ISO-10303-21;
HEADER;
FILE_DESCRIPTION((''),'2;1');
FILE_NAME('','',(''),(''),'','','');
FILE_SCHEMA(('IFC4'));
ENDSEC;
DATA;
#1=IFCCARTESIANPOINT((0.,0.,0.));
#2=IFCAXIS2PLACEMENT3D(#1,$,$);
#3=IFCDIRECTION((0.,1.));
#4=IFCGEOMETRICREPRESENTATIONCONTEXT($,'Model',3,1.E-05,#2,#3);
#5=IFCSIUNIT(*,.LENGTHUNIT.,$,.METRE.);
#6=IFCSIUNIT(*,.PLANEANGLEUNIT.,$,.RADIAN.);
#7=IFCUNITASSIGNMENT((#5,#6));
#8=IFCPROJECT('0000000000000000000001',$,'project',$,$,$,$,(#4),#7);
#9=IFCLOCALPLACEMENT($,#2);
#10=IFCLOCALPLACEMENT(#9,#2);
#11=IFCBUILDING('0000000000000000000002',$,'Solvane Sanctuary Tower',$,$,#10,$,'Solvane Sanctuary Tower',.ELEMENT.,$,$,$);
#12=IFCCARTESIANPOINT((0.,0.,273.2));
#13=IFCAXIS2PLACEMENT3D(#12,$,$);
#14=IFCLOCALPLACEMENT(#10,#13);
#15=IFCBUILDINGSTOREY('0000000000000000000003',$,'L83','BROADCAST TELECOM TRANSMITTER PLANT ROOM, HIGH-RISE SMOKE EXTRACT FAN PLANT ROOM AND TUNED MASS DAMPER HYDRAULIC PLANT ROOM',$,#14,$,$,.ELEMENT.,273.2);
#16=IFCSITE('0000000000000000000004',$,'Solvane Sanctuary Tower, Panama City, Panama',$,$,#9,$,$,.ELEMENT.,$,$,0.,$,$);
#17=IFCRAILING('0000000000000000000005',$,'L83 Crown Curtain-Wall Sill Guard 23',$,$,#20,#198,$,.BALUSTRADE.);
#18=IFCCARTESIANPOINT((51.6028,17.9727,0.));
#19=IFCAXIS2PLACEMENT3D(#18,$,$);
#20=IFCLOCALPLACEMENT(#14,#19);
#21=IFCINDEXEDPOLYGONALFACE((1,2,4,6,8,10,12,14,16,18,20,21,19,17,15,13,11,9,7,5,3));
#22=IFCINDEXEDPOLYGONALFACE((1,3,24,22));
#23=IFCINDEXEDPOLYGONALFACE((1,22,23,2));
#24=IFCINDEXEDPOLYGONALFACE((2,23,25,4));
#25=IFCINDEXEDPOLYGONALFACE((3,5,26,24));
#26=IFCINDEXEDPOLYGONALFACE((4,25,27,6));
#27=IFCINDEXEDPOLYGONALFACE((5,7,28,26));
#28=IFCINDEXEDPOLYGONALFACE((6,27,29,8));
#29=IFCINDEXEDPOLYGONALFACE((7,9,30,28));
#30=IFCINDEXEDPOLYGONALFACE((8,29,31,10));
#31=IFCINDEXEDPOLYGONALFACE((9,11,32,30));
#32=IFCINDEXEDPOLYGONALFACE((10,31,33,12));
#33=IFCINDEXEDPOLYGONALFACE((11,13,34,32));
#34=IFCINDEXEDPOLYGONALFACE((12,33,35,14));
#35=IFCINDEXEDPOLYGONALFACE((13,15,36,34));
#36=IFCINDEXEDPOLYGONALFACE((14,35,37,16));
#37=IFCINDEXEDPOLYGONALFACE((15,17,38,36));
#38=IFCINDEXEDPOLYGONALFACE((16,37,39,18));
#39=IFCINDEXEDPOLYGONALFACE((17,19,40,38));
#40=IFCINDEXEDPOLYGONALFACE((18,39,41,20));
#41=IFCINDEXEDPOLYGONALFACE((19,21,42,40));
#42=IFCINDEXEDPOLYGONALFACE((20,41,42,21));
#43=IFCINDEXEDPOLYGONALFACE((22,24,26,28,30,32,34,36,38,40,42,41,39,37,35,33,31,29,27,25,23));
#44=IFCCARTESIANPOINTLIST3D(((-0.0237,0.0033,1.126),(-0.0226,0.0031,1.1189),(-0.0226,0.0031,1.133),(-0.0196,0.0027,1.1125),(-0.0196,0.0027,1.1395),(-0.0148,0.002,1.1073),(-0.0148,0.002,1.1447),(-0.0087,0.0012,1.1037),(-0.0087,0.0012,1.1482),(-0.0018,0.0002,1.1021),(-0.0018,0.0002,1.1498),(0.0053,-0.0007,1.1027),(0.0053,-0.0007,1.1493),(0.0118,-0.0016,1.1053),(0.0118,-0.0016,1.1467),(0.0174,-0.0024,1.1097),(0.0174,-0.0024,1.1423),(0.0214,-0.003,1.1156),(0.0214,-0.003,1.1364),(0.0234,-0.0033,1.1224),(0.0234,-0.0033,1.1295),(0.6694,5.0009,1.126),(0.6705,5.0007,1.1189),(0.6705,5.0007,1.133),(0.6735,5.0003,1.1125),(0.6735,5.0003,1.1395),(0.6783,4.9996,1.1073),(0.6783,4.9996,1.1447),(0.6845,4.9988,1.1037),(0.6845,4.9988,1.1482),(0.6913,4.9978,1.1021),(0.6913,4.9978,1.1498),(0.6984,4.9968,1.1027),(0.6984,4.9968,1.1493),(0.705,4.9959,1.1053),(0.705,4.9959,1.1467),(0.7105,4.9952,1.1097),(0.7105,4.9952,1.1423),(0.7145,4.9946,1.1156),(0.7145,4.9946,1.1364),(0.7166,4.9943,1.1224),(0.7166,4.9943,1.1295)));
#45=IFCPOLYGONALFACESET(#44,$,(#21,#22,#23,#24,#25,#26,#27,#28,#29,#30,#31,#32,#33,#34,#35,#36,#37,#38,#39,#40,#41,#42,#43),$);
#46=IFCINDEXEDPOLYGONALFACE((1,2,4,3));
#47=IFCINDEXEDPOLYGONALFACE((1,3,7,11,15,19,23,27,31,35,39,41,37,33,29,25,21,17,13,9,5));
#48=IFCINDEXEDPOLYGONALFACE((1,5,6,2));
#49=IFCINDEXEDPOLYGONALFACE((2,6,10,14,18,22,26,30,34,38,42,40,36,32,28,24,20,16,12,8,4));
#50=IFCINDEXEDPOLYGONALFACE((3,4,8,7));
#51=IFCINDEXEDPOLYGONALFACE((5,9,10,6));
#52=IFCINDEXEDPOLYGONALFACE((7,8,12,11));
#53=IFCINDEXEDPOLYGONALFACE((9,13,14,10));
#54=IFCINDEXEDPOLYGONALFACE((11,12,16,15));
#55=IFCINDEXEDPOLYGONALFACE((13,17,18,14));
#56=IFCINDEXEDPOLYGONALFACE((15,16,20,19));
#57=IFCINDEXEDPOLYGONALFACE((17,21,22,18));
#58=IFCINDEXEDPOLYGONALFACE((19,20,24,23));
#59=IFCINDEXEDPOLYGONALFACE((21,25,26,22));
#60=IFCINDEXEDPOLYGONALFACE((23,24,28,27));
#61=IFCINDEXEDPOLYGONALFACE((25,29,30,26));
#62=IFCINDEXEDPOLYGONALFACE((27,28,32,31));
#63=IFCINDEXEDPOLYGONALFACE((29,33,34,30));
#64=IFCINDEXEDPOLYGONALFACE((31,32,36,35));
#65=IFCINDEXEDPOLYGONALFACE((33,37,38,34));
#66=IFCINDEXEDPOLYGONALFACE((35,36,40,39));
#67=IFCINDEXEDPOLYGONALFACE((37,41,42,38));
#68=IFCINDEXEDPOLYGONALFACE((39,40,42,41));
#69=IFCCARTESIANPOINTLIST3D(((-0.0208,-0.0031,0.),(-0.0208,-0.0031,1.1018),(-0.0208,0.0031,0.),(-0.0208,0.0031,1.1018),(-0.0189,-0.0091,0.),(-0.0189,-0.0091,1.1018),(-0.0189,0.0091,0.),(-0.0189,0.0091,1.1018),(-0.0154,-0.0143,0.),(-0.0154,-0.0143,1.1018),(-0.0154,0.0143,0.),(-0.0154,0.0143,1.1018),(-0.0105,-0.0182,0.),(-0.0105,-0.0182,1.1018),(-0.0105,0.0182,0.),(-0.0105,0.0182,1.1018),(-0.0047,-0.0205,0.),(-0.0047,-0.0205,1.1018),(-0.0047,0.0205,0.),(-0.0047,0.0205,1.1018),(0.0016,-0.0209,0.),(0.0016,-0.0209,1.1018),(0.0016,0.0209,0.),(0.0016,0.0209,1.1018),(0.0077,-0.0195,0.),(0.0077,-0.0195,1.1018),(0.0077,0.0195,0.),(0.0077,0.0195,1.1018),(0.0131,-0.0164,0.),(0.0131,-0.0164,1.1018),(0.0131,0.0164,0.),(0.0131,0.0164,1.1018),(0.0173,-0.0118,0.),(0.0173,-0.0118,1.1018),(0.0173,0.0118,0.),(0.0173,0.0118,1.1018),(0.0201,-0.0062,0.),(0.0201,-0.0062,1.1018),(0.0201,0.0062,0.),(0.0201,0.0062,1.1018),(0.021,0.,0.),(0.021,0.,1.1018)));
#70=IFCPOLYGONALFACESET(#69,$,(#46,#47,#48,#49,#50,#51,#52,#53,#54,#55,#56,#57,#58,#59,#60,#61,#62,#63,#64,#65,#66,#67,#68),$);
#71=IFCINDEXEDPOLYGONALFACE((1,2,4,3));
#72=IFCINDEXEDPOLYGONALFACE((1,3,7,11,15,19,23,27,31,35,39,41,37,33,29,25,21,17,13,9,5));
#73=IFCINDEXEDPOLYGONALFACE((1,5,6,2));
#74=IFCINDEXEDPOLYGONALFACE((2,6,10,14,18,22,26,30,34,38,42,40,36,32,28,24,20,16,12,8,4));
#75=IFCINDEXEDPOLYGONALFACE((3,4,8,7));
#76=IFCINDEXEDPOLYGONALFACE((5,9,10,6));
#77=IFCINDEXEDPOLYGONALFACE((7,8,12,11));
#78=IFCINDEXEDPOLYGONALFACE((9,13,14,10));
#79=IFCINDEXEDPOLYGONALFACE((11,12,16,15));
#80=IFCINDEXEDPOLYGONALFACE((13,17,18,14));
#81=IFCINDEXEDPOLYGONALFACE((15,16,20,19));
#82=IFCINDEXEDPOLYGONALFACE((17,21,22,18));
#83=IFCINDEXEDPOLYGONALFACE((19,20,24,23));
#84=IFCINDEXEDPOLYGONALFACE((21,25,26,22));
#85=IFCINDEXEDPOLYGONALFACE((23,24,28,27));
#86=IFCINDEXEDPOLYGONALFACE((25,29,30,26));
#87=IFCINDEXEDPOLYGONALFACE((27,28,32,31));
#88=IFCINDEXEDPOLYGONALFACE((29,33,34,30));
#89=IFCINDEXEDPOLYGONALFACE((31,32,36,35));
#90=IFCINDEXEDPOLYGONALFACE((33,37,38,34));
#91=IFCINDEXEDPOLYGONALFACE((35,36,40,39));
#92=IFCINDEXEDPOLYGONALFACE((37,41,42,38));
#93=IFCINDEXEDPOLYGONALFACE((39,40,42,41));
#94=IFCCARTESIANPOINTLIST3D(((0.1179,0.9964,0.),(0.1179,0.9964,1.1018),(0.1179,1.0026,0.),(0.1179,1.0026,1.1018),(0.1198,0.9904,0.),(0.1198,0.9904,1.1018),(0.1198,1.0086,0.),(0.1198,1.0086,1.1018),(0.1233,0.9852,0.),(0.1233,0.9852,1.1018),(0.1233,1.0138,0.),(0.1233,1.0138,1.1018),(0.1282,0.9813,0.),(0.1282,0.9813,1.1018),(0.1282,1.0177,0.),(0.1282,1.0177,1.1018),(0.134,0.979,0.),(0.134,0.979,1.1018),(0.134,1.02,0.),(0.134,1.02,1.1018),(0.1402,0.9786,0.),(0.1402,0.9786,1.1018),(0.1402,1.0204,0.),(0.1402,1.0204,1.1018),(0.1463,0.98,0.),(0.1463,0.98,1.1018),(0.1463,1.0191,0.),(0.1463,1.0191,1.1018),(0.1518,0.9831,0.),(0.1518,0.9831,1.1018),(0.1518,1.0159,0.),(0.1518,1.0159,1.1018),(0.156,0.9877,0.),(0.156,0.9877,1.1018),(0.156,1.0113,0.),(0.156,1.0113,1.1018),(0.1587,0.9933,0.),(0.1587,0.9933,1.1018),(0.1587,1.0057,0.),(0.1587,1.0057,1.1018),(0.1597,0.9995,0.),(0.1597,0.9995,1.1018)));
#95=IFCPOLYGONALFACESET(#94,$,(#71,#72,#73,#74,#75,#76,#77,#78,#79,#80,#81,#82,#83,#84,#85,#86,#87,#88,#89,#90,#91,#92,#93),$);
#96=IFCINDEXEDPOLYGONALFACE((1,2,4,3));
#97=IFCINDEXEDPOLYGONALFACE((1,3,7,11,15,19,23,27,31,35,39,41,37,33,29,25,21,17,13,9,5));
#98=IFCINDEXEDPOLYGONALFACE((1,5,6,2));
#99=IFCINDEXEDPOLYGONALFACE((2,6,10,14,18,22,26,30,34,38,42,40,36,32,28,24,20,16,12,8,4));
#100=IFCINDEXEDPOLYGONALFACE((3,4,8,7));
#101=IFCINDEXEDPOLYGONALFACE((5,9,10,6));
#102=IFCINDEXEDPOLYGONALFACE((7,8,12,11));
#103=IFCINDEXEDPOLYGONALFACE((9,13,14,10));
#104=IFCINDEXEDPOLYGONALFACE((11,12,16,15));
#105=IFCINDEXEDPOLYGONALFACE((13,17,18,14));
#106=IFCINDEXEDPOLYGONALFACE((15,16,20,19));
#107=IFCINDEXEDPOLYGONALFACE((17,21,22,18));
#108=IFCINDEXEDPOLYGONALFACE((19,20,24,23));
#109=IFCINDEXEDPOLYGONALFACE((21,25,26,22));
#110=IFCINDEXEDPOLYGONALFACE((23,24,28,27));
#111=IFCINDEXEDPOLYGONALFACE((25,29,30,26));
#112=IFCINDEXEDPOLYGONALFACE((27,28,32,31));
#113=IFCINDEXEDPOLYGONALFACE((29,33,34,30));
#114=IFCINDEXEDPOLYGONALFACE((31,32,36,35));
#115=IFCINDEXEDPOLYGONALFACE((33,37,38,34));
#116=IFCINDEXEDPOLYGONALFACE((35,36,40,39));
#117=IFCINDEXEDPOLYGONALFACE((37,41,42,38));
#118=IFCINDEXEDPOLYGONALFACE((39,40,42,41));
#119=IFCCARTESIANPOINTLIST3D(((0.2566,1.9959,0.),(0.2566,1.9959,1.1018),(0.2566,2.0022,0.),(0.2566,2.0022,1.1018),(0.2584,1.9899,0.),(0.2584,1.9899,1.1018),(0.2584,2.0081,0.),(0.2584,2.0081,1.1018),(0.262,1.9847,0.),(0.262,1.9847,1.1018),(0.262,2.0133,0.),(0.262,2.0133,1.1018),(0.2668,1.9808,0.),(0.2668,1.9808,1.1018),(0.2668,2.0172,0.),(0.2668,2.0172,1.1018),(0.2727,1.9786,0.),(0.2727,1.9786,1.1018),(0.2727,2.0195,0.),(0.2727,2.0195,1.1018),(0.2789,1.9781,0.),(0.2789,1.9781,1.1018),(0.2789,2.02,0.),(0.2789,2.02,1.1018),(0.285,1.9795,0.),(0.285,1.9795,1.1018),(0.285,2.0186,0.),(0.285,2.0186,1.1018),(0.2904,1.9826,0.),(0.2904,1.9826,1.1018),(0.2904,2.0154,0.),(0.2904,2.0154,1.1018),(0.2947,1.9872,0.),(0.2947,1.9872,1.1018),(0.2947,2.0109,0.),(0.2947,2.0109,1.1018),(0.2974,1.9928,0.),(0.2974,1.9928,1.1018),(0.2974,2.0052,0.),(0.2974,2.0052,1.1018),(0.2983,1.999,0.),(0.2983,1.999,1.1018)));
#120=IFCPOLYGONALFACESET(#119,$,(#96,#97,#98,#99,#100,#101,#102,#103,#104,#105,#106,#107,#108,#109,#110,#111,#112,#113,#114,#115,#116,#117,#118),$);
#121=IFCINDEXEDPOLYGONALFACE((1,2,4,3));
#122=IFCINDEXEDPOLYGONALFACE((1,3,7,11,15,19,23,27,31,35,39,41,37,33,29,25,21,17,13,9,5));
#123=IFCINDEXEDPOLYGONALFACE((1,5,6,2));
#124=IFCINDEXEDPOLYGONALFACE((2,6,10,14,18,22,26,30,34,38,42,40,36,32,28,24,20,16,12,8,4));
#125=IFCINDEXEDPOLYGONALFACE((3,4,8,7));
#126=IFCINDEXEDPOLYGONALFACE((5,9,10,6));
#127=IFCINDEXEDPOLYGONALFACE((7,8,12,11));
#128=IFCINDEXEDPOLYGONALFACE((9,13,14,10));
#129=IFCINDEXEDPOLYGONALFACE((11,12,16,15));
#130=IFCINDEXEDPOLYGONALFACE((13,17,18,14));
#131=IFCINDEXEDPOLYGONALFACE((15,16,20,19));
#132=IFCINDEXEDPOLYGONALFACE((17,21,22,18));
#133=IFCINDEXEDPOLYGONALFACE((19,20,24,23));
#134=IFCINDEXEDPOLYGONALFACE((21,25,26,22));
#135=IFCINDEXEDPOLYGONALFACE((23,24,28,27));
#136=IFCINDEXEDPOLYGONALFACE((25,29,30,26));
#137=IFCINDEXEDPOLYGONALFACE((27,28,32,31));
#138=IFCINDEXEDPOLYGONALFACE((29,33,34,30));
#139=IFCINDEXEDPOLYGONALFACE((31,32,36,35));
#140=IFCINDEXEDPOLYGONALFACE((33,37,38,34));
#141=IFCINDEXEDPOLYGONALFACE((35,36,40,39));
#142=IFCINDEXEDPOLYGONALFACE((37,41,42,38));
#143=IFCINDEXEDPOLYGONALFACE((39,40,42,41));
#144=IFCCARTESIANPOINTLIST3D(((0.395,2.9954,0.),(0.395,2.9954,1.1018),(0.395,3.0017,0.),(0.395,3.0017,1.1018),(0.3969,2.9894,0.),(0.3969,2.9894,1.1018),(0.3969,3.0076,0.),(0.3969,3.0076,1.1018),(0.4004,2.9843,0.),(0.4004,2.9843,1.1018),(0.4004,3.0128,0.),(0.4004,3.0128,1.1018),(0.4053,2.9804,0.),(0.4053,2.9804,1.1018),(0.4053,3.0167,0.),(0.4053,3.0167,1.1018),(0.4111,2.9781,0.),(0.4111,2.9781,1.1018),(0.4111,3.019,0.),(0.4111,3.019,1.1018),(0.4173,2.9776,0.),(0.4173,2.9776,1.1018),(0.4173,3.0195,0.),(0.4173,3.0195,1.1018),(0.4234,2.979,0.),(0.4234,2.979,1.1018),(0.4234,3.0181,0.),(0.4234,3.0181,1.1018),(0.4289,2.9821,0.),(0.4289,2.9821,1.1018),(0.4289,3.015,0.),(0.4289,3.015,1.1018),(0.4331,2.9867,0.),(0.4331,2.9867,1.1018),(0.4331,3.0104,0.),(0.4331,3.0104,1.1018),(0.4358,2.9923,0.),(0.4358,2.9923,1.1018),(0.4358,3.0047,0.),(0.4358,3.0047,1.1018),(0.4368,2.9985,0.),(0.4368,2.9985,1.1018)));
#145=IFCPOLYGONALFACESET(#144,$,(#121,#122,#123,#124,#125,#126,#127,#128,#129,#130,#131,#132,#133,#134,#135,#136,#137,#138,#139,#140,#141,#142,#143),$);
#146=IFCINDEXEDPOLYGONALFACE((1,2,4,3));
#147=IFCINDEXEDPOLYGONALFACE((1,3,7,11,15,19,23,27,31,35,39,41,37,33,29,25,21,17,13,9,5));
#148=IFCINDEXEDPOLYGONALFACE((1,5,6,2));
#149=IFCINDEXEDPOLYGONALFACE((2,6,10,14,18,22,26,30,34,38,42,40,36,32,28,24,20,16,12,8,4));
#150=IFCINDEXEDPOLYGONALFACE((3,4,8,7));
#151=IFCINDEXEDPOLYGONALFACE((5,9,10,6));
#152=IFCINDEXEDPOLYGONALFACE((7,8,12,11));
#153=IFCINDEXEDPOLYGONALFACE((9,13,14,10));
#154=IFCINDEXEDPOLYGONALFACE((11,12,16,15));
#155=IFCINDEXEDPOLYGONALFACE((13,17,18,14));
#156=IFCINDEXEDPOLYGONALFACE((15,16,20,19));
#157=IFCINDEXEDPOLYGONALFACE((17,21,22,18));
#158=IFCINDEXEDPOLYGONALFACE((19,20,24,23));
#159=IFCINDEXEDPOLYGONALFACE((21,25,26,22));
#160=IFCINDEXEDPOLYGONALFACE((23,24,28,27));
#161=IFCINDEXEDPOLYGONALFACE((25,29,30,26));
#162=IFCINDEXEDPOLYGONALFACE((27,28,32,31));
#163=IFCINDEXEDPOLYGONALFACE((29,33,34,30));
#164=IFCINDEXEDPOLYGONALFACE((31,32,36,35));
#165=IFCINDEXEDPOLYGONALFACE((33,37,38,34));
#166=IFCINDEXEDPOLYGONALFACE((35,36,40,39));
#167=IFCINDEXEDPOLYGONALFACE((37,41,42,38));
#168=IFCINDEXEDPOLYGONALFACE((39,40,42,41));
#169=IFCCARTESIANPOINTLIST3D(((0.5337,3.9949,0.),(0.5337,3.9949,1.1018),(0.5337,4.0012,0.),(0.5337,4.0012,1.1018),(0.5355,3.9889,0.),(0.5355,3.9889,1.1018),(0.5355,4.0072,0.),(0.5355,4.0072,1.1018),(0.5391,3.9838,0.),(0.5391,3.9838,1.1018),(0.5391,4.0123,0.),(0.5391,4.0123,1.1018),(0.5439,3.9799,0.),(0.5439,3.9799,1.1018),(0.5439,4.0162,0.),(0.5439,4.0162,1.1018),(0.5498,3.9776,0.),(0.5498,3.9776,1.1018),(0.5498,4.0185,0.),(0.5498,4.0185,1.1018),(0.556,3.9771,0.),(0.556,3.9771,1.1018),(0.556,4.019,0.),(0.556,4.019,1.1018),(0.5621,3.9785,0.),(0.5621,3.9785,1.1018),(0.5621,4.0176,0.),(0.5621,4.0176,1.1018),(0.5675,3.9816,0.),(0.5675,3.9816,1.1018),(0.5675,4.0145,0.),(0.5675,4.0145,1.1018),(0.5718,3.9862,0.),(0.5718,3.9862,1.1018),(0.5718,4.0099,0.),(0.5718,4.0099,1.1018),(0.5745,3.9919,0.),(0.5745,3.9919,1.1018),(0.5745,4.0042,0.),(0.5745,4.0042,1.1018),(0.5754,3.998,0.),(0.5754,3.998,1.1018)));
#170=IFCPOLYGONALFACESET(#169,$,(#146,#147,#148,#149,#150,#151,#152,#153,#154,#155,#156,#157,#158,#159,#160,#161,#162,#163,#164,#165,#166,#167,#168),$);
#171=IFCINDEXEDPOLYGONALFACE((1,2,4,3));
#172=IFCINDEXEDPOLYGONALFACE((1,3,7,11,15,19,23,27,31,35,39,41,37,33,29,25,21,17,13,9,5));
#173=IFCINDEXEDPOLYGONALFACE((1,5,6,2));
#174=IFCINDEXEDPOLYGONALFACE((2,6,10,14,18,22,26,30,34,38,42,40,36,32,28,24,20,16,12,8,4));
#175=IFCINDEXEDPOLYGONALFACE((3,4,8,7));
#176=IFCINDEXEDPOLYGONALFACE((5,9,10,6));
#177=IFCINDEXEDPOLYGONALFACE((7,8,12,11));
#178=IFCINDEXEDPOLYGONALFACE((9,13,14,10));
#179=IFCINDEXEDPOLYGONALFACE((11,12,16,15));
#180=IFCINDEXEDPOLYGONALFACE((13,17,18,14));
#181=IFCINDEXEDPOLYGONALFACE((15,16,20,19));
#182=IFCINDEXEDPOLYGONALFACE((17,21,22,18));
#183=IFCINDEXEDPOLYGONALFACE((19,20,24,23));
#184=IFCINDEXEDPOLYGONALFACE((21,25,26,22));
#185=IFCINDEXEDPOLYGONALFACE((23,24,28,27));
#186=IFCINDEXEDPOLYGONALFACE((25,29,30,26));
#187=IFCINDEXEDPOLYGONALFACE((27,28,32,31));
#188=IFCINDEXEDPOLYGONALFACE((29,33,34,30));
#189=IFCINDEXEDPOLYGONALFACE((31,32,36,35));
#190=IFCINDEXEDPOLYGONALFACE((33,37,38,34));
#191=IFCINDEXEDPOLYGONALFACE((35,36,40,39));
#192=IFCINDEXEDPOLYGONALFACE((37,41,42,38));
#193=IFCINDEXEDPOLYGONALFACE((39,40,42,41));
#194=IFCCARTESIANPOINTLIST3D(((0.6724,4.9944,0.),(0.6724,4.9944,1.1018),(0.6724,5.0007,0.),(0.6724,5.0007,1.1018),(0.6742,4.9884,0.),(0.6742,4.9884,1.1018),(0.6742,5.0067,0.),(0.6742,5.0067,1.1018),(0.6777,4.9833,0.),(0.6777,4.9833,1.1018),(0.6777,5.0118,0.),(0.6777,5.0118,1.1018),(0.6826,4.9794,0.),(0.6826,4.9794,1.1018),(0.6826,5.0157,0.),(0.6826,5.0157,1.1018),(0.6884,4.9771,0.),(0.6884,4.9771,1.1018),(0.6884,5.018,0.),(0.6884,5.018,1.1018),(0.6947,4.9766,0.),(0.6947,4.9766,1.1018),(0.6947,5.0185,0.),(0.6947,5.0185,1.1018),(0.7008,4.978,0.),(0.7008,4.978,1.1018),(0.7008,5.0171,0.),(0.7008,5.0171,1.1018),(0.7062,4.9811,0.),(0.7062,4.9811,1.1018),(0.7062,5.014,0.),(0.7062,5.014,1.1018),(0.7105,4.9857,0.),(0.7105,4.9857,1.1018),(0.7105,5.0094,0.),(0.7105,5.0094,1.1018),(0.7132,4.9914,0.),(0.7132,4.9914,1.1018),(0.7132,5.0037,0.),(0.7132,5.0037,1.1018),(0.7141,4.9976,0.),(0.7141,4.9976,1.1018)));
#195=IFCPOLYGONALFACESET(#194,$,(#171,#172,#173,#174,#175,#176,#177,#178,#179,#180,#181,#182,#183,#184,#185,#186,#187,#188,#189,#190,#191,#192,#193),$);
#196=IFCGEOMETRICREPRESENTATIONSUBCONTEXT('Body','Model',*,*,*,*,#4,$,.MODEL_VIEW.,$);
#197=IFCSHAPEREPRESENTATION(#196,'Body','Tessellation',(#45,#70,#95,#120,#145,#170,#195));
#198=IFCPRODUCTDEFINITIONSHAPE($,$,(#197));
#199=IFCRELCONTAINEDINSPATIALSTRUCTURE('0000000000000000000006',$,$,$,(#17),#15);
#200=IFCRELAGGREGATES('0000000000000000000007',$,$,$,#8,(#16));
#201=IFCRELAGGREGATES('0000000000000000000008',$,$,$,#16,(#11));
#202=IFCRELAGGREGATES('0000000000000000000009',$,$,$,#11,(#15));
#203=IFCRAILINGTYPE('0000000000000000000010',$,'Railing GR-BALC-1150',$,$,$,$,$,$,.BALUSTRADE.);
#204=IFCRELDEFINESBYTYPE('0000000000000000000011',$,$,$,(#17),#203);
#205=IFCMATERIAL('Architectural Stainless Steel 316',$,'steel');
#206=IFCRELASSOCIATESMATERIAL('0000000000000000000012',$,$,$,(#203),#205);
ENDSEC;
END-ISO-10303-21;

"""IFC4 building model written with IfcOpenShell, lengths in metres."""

from ifc_helpers import new_model, si_unit, direction, frame, origin, origin_2d, place, context, subcontext, project, spatial, circle, extrude, material, type_object, element, save


model = new_model("IFC4")

# Units and contexts
model_context = context("Model", 3, precision=1e-05, world=origin(), true_north=direction((0.0, 1.0)))
body_context = subcontext(model_context, "Body", "Model", "MODEL_VIEW")
ifc_project = project(units=[si_unit("LENGTHUNIT", "METRE"), si_unit("PLANEANGLEUNIT", "RADIAN")], contexts=[model_context])

# Site, building, storey
site_placement = place(None, origin())
site = spatial("IfcSite", under=ifc_project, at=site_placement, Name="Solvane Sanctuary Tower, Panama City, Panama", CompositionType="ELEMENT", RefElevation=0.0)
building_placement = place(site_placement, origin())
building = spatial("IfcBuilding", under=site, at=building_placement, Name="Solvane Sanctuary Tower", LongName="Solvane Sanctuary Tower", CompositionType="ELEMENT")
storey_placement = place(building_placement, frame((0.0, 0.0, 273.2)))
storey = spatial("IfcBuildingStorey", under=building, at=storey_placement, Name="L83", Description="BROADCAST TELECOM TRANSMITTER PLANT ROOM, HIGH-RISE SMOKE EXTRACT FAN PLANT ROOM AND TUNED MASS DAMPER HYDRAULIC PLANT ROOM", CompositionType="ELEMENT", Elevation=273.2)

# Shared definitions
ifc_material_1 = material(Name="Architectural Stainless Steel 316", Category="steel")

# Railing
railing_type_1 = type_object("IfcRailingType", Name="Railing GR-BALC-1150", PredefinedType="BALUSTRADE", material=ifc_material_1)
railing_1_placement = place(storey_placement, frame((51.6028, 17.9727, 0.0)))
element("IfcRailing", 1, at=railing_1_placement, inside=storey, type_object=railing_type_1, Name="L83 Crown Curtain-Wall Sill Guard 23", PredefinedType="BALUSTRADE", context=body_context, shape_type="SweptSolid", body=[
    extrude(circle(Radius=0.0239, at=origin_2d()), frame((0.0, 0.0, 1.126), z_axis=(0.137376, 0.990519, 0.0), x_axis=(-0.990519, 0.137376, 0.0)), (0.0, 0.0, 1.0), 5.0454),
    extrude(circle(Radius=0.021, at=origin_2d()), origin(), (0.0, 0.0, 1.0), 1.1018),
    extrude(circle(Radius=0.021, at=origin_2d()), frame((0.1387, 0.9995, 0.0)), (0.0, 0.0, 1.0), 1.1018),
    extrude(circle(Radius=0.021, at=origin_2d()), frame((0.2773, 1.999, 0.0)), (0.0, 0.0, 1.0), 1.1018),
    extrude(circle(Radius=0.021, at=origin_2d()), frame((0.4158, 2.9985, 0.0)), (0.0, 0.0, 1.0), 1.1018),
    extrude(circle(Radius=0.021, at=origin_2d()), frame((0.5544, 3.998, 0.0)), (0.0, 0.0, 1.0), 1.1018),
    extrude(circle(Radius=0.021, at=origin_2d()), frame((0.6931, 4.9976, 0.0)), (0.0, 0.0, 1.0), 1.1018),
])

save(model, "model.ifc")
